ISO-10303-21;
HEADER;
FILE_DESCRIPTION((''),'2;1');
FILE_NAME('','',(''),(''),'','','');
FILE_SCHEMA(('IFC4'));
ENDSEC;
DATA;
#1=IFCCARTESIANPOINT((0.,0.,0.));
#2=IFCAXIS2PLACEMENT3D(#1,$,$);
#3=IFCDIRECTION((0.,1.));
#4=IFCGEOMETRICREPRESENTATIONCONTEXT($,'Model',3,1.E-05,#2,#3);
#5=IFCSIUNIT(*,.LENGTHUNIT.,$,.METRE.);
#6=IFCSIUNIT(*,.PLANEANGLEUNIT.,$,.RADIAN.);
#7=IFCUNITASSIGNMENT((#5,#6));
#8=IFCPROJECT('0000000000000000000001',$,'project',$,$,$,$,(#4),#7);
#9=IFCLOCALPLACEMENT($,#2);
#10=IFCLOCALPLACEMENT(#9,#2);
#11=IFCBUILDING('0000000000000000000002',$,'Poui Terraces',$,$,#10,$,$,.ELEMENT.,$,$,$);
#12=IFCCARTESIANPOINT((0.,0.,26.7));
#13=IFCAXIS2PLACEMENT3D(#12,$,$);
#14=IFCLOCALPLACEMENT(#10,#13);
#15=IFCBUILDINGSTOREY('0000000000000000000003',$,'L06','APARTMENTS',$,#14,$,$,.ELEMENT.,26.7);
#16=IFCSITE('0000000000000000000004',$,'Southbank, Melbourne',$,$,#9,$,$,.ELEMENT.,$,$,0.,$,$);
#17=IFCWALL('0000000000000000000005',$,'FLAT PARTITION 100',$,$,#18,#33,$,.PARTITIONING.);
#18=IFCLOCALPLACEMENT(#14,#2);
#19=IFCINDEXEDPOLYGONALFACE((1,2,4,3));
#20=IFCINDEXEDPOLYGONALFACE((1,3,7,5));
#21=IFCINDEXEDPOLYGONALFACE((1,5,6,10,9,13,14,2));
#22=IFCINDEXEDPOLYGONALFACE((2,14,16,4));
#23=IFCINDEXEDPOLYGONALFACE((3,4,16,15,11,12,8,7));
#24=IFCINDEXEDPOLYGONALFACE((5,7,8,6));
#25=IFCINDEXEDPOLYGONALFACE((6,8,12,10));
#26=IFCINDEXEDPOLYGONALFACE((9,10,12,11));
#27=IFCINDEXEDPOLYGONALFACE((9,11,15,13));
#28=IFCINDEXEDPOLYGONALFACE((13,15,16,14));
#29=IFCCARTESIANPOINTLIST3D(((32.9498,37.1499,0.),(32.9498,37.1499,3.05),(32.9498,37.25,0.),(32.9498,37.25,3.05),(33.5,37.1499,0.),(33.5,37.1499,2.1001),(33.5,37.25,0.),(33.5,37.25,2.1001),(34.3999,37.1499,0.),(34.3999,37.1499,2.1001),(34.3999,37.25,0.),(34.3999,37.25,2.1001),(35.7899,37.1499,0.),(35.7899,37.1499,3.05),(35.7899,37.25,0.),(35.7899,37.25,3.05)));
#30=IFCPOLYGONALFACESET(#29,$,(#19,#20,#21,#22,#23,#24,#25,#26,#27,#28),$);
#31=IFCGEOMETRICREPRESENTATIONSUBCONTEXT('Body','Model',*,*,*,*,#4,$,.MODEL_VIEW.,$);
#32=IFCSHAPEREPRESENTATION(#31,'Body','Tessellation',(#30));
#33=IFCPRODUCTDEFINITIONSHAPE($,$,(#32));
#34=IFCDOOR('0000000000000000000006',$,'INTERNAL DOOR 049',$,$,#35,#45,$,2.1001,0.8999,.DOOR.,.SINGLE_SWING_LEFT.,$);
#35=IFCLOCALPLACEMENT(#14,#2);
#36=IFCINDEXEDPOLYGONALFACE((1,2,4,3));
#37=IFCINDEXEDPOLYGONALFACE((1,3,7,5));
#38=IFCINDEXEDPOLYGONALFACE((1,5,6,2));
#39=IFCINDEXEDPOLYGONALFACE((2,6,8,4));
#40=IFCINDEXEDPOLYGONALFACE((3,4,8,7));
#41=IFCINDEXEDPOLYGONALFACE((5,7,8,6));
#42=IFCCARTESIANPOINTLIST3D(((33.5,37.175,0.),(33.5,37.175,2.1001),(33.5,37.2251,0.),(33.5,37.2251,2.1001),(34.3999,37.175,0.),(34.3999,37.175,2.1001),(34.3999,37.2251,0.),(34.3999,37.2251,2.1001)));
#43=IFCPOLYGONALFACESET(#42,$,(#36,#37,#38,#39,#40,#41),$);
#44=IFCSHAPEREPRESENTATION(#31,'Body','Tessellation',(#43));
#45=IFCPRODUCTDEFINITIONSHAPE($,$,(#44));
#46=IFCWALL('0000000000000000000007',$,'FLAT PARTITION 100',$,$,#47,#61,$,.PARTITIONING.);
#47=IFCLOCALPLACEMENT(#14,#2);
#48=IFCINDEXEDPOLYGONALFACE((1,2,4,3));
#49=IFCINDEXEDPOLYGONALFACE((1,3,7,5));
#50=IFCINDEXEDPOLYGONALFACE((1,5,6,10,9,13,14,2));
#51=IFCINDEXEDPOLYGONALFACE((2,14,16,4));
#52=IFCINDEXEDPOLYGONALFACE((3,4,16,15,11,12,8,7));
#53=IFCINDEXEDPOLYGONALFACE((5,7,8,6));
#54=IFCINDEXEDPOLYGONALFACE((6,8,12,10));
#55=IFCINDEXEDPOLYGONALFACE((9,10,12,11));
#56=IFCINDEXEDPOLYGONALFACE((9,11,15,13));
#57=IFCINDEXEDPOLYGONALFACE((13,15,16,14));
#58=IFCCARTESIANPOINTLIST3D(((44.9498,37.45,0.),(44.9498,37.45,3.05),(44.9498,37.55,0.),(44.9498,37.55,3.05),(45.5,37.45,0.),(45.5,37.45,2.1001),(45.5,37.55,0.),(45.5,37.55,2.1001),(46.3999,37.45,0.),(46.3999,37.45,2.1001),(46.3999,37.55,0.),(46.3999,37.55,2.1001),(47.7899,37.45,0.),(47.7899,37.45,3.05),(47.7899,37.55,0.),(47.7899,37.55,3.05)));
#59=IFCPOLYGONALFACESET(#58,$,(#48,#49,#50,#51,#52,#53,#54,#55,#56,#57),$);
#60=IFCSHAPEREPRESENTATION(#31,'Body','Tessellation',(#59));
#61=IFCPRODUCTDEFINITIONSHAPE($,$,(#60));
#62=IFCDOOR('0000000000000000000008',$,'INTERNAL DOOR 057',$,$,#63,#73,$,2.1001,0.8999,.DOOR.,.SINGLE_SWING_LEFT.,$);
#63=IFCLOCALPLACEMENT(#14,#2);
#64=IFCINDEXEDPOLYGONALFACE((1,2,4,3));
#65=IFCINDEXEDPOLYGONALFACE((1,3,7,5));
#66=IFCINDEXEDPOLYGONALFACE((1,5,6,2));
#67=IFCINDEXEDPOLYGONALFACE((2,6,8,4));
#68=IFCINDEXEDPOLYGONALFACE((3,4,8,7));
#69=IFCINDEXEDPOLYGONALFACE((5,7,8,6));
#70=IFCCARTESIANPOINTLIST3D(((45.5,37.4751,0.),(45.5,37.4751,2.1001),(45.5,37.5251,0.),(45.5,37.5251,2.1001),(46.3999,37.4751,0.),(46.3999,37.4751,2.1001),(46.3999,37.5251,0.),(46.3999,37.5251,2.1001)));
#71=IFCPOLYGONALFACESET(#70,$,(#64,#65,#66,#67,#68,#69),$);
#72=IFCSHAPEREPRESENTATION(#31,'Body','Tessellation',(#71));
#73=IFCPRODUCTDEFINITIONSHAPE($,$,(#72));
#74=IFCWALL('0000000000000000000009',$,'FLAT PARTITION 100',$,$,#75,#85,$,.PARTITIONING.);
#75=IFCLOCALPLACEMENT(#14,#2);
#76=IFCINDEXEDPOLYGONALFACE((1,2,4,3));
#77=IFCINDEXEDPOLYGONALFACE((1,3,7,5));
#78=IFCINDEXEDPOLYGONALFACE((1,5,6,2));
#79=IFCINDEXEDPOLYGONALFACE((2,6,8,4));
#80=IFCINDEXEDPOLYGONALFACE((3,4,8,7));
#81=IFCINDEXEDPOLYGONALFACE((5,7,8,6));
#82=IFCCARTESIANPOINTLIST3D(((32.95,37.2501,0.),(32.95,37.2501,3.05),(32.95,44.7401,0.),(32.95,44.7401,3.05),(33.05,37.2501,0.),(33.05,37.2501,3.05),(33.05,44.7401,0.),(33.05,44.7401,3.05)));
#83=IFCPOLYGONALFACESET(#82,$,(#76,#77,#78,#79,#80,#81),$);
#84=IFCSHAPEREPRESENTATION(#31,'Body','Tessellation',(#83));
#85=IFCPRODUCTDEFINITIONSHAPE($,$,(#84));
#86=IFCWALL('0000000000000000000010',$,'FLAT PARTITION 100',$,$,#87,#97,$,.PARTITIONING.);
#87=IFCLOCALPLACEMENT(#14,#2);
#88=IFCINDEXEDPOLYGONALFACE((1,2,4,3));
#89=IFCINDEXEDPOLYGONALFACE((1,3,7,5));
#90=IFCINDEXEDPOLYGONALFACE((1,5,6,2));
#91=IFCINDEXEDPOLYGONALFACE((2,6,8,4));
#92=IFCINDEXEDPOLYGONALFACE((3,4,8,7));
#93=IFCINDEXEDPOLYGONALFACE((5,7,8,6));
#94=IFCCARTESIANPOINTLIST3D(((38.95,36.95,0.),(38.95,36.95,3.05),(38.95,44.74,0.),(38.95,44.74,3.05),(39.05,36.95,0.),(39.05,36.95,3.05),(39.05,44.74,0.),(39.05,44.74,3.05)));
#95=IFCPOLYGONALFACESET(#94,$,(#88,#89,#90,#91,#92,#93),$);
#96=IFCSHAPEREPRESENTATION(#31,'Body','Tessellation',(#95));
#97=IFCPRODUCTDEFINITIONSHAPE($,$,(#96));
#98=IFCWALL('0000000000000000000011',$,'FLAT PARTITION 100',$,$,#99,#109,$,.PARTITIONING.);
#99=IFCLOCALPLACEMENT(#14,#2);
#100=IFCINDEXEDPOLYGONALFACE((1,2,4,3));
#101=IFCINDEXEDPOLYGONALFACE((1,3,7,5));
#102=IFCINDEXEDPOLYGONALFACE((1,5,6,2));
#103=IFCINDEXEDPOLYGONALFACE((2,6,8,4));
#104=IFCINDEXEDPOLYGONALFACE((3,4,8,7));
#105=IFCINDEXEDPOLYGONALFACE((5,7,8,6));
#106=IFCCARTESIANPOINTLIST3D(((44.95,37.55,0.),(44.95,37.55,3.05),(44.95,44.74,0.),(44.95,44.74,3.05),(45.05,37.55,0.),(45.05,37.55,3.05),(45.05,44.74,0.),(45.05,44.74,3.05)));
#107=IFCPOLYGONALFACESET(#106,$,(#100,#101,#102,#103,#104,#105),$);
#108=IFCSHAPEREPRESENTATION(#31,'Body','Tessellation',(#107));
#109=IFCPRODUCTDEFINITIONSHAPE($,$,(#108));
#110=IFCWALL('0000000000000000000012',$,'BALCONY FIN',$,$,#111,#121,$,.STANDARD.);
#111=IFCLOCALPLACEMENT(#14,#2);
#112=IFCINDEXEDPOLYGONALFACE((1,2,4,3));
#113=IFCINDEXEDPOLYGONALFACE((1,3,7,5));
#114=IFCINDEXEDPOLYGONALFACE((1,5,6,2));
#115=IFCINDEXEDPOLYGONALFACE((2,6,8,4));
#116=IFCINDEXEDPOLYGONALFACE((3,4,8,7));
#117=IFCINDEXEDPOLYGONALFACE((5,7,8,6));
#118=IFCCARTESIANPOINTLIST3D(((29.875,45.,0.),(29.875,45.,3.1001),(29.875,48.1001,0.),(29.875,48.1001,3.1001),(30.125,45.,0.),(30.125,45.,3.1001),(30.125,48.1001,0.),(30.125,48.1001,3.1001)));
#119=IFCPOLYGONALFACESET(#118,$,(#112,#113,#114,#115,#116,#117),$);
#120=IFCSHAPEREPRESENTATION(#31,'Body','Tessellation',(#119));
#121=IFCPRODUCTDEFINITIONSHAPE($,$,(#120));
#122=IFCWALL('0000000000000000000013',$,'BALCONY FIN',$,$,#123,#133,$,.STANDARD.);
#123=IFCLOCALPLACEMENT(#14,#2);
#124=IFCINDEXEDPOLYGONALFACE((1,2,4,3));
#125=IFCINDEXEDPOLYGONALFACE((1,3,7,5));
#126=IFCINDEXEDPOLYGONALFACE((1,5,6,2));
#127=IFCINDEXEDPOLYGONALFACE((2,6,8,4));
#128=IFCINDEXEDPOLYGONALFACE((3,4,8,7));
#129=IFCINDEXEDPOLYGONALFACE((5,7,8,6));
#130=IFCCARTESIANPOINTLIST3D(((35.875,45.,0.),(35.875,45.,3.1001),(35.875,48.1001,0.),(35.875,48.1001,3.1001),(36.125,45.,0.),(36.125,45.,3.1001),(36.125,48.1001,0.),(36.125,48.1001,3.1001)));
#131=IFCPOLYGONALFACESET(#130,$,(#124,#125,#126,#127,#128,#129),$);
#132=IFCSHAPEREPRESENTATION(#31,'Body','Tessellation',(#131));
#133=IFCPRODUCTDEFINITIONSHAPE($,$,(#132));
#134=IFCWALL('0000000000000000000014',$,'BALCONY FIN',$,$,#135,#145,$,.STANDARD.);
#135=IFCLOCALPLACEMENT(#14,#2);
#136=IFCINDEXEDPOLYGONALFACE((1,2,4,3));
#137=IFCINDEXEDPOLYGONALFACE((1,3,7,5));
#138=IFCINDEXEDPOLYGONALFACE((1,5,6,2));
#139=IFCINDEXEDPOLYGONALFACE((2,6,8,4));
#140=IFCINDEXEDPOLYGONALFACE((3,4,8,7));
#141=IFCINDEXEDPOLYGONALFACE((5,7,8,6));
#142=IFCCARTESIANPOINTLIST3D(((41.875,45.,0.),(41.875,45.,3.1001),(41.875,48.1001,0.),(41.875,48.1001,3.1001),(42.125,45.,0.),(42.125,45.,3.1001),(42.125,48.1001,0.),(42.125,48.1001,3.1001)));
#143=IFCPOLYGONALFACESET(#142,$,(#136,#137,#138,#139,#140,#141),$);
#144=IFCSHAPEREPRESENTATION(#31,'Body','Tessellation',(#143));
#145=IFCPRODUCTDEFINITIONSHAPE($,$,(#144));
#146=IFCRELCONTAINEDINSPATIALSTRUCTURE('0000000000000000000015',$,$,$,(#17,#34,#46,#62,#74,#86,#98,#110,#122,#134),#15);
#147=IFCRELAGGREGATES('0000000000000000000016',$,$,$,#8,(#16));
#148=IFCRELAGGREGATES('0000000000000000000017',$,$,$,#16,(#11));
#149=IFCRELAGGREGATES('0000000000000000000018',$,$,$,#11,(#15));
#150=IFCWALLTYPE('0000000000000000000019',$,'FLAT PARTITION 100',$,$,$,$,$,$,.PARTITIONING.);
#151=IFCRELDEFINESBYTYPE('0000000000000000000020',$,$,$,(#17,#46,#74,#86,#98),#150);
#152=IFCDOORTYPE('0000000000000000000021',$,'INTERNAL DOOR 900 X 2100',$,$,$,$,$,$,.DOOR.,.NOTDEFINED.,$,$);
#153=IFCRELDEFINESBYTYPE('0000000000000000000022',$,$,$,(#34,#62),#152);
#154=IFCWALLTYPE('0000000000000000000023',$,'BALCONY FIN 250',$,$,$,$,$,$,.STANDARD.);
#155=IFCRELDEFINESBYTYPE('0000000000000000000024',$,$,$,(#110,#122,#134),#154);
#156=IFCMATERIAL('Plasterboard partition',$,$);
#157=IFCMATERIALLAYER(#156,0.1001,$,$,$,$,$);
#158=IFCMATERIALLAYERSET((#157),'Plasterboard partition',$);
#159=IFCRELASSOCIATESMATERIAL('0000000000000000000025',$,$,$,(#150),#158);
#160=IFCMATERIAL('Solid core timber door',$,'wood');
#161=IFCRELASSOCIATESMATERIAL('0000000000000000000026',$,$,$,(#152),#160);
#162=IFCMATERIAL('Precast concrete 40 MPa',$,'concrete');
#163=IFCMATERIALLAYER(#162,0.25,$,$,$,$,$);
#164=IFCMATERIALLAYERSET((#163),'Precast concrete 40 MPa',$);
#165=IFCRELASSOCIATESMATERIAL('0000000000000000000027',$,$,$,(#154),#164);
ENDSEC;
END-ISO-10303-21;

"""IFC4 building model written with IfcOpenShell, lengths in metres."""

from ifc_helpers import new_model, si_unit, direction, frame, frame_2d, origin, place, context, subcontext, project, spatial, polyline, rectangle, outline, extrude, source, transform, mapped, material, layer, layer_set, type_object, element, fill, save


model = new_model("IFC4")

# Units and contexts
model_context = context("Model", 3, precision=1e-05, world=origin(), true_north=direction((0.0, 1.0)))
body_context = subcontext(model_context, "Body", "Model", "MODEL_VIEW")
ifc_project = project(units=[si_unit("LENGTHUNIT", "METRE"), si_unit("PLANEANGLEUNIT", "RADIAN")], contexts=[model_context])

# Site, building, storey
site_placement = place(None, origin())
site = spatial("IfcSite", under=ifc_project, at=site_placement, Name="Southbank, Melbourne", CompositionType="ELEMENT", RefElevation=0.0)
building_placement = place(site_placement, origin())
building = spatial("IfcBuilding", under=site, at=building_placement, Name="Poui Terraces", CompositionType="ELEMENT")
storey_placement = place(building_placement, frame((0.0, 0.0, 26.7)))
storey = spatial("IfcBuildingStorey", under=building, at=storey_placement, Name="L06", Description="APARTMENTS", CompositionType="ELEMENT", Elevation=26.7)

# Walls, openings, doors
ifc_material_1 = material(Name="Plasterboard partition")
ifc_layer_1 = layer(ifc_material_1, 0.1001)
ifc_layer_set_1 = layer_set([ifc_layer_1], Name="Plasterboard partition")
wall_type_1 = type_object("IfcWallType", Name="FLAT PARTITION 100", PredefinedType="PARTITIONING", material=ifc_layer_set_1)
wall_1_placement = place(storey_placement, frame((32.95, 37.2, 0.0), z_axis=(0.0, 0.0, 1.0), x_axis=(1.0, 0.0, 0.0)))
wall_1 = element("IfcWall", 1, at=wall_1_placement, inside=storey, type_object=wall_type_1, Name="FLAT PARTITION 100", PredefinedType="PARTITIONING", context=body_context, shape_type="SweptSolid", body=[
    extrude(rectangle(XDim=2.8401, YDim=0.1001, at=frame_2d((1.4199, 0.0))), origin(), (0.0, 0.0, 1.0), 3.05),
])
opening_1_placement = place(wall_1_placement, frame((0.55, 0.0, 0.0)))
opening_1 = element("IfcOpeningElement", 2, at=opening_1_placement, cuts=wall_1, PredefinedType="OPENING", context=body_context, shape_type="SweptSolid", body=[
    extrude(rectangle(XDim=0.8999, YDim=2.1001, at=frame_2d((0.45, 1.05))), frame((0.0, 0.0601, 0.0), z_axis=(0.0, -1.0, 0.0), x_axis=(1.0, 0.0, 0.0)), (0.0, 0.0, 1.0), 0.1201),
])
ifc_material_2 = material(Name="Solid core timber door", Category="wood")
door_type = type_object("IfcDoorType", Name="INTERNAL DOOR 900 X 2100", OperationType="NOTDEFINED", PredefinedType="DOOR", material=ifc_material_2)
door_1_placement = place(opening_1_placement, frame((0.8999, 0.0, 0.0), z_axis=(0.0, 0.0, 1.0), x_axis=(-1.0, 0.0, 0.0)))
door_1 = element("IfcDoor", 3, at=door_1_placement, inside=storey, type_object=door_type, Name="INTERNAL DOOR 049", OperationType="SINGLE_SWING_LEFT", OverallHeight=2.1001, OverallWidth=0.8999, PredefinedType="DOOR", context=body_context, shape_type="SweptSolid", body=[
    extrude(rectangle(XDim=0.8999, YDim=2.1001, at=frame_2d((0.45, 1.05))), frame((0.0, 0.0249, 0.0), z_axis=(0.0, -1.0, 0.0), x_axis=(1.0, 0.0, 0.0)), (0.0, 0.0, 1.0), 0.05),
])
fill(opening_1, door_1)
wall_2_placement = place(storey_placement, frame((44.95, 37.5, 0.0), z_axis=(0.0, 0.0, 1.0), x_axis=(1.0, 0.0, 0.0)))
wall_2 = element("IfcWall", 4, at=wall_2_placement, inside=storey, type_object=wall_type_1, Name="FLAT PARTITION 100", PredefinedType="PARTITIONING", context=body_context, shape_type="SweptSolid", body=[
    extrude(rectangle(XDim=2.8401, YDim=0.1001, at=frame_2d((1.4199, 0.0))), origin(), (0.0, 0.0, 1.0), 3.05),
])
opening_2_placement = place(wall_2_placement, frame((0.55, 0.0, 0.0)))
opening_2 = element("IfcOpeningElement", 5, at=opening_2_placement, cuts=wall_2, PredefinedType="OPENING", context=body_context, shape_type="SweptSolid", body=[
    extrude(rectangle(XDim=0.8999, YDim=2.1001, at=frame_2d((0.45, 1.05))), frame((0.0, 0.0601, 0.0), z_axis=(0.0, -1.0, 0.0), x_axis=(1.0, 0.0, 0.0)), (0.0, 0.0, 1.0), 0.1201),
])
door_2_placement = place(opening_2_placement, frame((0.8999, 0.0, 0.0), z_axis=(0.0, 0.0, 1.0), x_axis=(-1.0, 0.0, 0.0)))
door_2 = element("IfcDoor", 6, at=door_2_placement, inside=storey, type_object=door_type, Name="INTERNAL DOOR 057", OperationType="SINGLE_SWING_LEFT", OverallHeight=2.1001, OverallWidth=0.8999, PredefinedType="DOOR", context=body_context, shape_type="SweptSolid", body=[
    extrude(rectangle(XDim=0.8999, YDim=2.1001, at=frame_2d((0.45, 1.05))), frame((0.0, 0.0249, 0.0), z_axis=(0.0, -1.0, 0.0), x_axis=(1.0, 0.0, 0.0)), (0.0, 0.0, 1.0), 0.05),
])
fill(opening_2, door_2)

# Walls
wall_3_placement = place(storey_placement, frame((33.0, 37.25, 0.0), z_axis=(0.0, 0.0, 1.0), x_axis=(0.0, 1.0, 0.0)))
element("IfcWall", 7, at=wall_3_placement, inside=storey, type_object=wall_type_1, Name="FLAT PARTITION 100", PredefinedType="PARTITIONING", context=body_context, shape_type="SweptSolid", body=[
    extrude(rectangle(XDim=7.49, YDim=0.1001, at=frame_2d((3.7451, 0.0))), origin(), (0.0, 0.0, 1.0), 3.05),
])
wall_4_placement = place(storey_placement, frame((39.0, 36.95, 0.0), z_axis=(0.0, 0.0, 1.0), x_axis=(0.0, 1.0, 0.0)))
element("IfcWall", 8, at=wall_4_placement, inside=storey, type_object=wall_type_1, Name="FLAT PARTITION 100", PredefinedType="PARTITIONING", context=body_context, shape_type="SweptSolid", body=[
    extrude(rectangle(XDim=7.79, YDim=0.1001, at=frame_2d((3.895, 0.0))), origin(), (0.0, 0.0, 1.0), 3.05),
])
wall_5_placement = place(storey_placement, frame((45.0, 37.55, 0.0), z_axis=(0.0, 0.0, 1.0), x_axis=(0.0, 1.0, 0.0)))
element("IfcWall", 9, at=wall_5_placement, inside=storey, type_object=wall_type_1, Name="FLAT PARTITION 100", PredefinedType="PARTITIONING", context=body_context, shape_type="SweptSolid", body=[
    extrude(rectangle(XDim=7.1899, YDim=0.1001, at=frame_2d((3.595, 0.0))), origin(), (0.0, 0.0, 1.0), 3.05),
])
ifc_material_3 = material(Name="Precast concrete 40 MPa", Category="concrete")
ifc_layer_2 = layer(ifc_material_3, 0.25)
ifc_layer_set_2 = layer_set([ifc_layer_2], Name="Precast concrete 40 MPa")
wall_type_2 = type_object("IfcWallType", Name="BALCONY FIN 250", PredefinedType="STANDARD", material=ifc_layer_set_2)
shared_shape_1 = source(origin(), body_context, "Body", "SweptSolid", [
    extrude(outline(polyline([(0.0, 0.0), (0.25, 0.0), (0.25, 3.1001), (0.0, 3.1001), (0.0, 0.0)])), origin(), (0.0, 0.0, 1.0), 3.1001),
])
for number, where, name in (
    (10, (29.875, 45.0, 0.0), "BALCONY FIN"),
    (11, (35.875, 45.0, 0.0), "BALCONY FIN"),
    (12, (41.875, 45.0, 0.0), "BALCONY FIN"),
):
    element("IfcWall", number, at=place(storey_placement, frame(where)), inside=storey, type_object=wall_type_2, Name=name, PredefinedType="STANDARD", context=body_context, shape_type="MappedRepresentation", body=[
        mapped(shared_shape_1, transform((0.0, 0.0, 0.0))),
    ])

save(model, "model.ifc")
